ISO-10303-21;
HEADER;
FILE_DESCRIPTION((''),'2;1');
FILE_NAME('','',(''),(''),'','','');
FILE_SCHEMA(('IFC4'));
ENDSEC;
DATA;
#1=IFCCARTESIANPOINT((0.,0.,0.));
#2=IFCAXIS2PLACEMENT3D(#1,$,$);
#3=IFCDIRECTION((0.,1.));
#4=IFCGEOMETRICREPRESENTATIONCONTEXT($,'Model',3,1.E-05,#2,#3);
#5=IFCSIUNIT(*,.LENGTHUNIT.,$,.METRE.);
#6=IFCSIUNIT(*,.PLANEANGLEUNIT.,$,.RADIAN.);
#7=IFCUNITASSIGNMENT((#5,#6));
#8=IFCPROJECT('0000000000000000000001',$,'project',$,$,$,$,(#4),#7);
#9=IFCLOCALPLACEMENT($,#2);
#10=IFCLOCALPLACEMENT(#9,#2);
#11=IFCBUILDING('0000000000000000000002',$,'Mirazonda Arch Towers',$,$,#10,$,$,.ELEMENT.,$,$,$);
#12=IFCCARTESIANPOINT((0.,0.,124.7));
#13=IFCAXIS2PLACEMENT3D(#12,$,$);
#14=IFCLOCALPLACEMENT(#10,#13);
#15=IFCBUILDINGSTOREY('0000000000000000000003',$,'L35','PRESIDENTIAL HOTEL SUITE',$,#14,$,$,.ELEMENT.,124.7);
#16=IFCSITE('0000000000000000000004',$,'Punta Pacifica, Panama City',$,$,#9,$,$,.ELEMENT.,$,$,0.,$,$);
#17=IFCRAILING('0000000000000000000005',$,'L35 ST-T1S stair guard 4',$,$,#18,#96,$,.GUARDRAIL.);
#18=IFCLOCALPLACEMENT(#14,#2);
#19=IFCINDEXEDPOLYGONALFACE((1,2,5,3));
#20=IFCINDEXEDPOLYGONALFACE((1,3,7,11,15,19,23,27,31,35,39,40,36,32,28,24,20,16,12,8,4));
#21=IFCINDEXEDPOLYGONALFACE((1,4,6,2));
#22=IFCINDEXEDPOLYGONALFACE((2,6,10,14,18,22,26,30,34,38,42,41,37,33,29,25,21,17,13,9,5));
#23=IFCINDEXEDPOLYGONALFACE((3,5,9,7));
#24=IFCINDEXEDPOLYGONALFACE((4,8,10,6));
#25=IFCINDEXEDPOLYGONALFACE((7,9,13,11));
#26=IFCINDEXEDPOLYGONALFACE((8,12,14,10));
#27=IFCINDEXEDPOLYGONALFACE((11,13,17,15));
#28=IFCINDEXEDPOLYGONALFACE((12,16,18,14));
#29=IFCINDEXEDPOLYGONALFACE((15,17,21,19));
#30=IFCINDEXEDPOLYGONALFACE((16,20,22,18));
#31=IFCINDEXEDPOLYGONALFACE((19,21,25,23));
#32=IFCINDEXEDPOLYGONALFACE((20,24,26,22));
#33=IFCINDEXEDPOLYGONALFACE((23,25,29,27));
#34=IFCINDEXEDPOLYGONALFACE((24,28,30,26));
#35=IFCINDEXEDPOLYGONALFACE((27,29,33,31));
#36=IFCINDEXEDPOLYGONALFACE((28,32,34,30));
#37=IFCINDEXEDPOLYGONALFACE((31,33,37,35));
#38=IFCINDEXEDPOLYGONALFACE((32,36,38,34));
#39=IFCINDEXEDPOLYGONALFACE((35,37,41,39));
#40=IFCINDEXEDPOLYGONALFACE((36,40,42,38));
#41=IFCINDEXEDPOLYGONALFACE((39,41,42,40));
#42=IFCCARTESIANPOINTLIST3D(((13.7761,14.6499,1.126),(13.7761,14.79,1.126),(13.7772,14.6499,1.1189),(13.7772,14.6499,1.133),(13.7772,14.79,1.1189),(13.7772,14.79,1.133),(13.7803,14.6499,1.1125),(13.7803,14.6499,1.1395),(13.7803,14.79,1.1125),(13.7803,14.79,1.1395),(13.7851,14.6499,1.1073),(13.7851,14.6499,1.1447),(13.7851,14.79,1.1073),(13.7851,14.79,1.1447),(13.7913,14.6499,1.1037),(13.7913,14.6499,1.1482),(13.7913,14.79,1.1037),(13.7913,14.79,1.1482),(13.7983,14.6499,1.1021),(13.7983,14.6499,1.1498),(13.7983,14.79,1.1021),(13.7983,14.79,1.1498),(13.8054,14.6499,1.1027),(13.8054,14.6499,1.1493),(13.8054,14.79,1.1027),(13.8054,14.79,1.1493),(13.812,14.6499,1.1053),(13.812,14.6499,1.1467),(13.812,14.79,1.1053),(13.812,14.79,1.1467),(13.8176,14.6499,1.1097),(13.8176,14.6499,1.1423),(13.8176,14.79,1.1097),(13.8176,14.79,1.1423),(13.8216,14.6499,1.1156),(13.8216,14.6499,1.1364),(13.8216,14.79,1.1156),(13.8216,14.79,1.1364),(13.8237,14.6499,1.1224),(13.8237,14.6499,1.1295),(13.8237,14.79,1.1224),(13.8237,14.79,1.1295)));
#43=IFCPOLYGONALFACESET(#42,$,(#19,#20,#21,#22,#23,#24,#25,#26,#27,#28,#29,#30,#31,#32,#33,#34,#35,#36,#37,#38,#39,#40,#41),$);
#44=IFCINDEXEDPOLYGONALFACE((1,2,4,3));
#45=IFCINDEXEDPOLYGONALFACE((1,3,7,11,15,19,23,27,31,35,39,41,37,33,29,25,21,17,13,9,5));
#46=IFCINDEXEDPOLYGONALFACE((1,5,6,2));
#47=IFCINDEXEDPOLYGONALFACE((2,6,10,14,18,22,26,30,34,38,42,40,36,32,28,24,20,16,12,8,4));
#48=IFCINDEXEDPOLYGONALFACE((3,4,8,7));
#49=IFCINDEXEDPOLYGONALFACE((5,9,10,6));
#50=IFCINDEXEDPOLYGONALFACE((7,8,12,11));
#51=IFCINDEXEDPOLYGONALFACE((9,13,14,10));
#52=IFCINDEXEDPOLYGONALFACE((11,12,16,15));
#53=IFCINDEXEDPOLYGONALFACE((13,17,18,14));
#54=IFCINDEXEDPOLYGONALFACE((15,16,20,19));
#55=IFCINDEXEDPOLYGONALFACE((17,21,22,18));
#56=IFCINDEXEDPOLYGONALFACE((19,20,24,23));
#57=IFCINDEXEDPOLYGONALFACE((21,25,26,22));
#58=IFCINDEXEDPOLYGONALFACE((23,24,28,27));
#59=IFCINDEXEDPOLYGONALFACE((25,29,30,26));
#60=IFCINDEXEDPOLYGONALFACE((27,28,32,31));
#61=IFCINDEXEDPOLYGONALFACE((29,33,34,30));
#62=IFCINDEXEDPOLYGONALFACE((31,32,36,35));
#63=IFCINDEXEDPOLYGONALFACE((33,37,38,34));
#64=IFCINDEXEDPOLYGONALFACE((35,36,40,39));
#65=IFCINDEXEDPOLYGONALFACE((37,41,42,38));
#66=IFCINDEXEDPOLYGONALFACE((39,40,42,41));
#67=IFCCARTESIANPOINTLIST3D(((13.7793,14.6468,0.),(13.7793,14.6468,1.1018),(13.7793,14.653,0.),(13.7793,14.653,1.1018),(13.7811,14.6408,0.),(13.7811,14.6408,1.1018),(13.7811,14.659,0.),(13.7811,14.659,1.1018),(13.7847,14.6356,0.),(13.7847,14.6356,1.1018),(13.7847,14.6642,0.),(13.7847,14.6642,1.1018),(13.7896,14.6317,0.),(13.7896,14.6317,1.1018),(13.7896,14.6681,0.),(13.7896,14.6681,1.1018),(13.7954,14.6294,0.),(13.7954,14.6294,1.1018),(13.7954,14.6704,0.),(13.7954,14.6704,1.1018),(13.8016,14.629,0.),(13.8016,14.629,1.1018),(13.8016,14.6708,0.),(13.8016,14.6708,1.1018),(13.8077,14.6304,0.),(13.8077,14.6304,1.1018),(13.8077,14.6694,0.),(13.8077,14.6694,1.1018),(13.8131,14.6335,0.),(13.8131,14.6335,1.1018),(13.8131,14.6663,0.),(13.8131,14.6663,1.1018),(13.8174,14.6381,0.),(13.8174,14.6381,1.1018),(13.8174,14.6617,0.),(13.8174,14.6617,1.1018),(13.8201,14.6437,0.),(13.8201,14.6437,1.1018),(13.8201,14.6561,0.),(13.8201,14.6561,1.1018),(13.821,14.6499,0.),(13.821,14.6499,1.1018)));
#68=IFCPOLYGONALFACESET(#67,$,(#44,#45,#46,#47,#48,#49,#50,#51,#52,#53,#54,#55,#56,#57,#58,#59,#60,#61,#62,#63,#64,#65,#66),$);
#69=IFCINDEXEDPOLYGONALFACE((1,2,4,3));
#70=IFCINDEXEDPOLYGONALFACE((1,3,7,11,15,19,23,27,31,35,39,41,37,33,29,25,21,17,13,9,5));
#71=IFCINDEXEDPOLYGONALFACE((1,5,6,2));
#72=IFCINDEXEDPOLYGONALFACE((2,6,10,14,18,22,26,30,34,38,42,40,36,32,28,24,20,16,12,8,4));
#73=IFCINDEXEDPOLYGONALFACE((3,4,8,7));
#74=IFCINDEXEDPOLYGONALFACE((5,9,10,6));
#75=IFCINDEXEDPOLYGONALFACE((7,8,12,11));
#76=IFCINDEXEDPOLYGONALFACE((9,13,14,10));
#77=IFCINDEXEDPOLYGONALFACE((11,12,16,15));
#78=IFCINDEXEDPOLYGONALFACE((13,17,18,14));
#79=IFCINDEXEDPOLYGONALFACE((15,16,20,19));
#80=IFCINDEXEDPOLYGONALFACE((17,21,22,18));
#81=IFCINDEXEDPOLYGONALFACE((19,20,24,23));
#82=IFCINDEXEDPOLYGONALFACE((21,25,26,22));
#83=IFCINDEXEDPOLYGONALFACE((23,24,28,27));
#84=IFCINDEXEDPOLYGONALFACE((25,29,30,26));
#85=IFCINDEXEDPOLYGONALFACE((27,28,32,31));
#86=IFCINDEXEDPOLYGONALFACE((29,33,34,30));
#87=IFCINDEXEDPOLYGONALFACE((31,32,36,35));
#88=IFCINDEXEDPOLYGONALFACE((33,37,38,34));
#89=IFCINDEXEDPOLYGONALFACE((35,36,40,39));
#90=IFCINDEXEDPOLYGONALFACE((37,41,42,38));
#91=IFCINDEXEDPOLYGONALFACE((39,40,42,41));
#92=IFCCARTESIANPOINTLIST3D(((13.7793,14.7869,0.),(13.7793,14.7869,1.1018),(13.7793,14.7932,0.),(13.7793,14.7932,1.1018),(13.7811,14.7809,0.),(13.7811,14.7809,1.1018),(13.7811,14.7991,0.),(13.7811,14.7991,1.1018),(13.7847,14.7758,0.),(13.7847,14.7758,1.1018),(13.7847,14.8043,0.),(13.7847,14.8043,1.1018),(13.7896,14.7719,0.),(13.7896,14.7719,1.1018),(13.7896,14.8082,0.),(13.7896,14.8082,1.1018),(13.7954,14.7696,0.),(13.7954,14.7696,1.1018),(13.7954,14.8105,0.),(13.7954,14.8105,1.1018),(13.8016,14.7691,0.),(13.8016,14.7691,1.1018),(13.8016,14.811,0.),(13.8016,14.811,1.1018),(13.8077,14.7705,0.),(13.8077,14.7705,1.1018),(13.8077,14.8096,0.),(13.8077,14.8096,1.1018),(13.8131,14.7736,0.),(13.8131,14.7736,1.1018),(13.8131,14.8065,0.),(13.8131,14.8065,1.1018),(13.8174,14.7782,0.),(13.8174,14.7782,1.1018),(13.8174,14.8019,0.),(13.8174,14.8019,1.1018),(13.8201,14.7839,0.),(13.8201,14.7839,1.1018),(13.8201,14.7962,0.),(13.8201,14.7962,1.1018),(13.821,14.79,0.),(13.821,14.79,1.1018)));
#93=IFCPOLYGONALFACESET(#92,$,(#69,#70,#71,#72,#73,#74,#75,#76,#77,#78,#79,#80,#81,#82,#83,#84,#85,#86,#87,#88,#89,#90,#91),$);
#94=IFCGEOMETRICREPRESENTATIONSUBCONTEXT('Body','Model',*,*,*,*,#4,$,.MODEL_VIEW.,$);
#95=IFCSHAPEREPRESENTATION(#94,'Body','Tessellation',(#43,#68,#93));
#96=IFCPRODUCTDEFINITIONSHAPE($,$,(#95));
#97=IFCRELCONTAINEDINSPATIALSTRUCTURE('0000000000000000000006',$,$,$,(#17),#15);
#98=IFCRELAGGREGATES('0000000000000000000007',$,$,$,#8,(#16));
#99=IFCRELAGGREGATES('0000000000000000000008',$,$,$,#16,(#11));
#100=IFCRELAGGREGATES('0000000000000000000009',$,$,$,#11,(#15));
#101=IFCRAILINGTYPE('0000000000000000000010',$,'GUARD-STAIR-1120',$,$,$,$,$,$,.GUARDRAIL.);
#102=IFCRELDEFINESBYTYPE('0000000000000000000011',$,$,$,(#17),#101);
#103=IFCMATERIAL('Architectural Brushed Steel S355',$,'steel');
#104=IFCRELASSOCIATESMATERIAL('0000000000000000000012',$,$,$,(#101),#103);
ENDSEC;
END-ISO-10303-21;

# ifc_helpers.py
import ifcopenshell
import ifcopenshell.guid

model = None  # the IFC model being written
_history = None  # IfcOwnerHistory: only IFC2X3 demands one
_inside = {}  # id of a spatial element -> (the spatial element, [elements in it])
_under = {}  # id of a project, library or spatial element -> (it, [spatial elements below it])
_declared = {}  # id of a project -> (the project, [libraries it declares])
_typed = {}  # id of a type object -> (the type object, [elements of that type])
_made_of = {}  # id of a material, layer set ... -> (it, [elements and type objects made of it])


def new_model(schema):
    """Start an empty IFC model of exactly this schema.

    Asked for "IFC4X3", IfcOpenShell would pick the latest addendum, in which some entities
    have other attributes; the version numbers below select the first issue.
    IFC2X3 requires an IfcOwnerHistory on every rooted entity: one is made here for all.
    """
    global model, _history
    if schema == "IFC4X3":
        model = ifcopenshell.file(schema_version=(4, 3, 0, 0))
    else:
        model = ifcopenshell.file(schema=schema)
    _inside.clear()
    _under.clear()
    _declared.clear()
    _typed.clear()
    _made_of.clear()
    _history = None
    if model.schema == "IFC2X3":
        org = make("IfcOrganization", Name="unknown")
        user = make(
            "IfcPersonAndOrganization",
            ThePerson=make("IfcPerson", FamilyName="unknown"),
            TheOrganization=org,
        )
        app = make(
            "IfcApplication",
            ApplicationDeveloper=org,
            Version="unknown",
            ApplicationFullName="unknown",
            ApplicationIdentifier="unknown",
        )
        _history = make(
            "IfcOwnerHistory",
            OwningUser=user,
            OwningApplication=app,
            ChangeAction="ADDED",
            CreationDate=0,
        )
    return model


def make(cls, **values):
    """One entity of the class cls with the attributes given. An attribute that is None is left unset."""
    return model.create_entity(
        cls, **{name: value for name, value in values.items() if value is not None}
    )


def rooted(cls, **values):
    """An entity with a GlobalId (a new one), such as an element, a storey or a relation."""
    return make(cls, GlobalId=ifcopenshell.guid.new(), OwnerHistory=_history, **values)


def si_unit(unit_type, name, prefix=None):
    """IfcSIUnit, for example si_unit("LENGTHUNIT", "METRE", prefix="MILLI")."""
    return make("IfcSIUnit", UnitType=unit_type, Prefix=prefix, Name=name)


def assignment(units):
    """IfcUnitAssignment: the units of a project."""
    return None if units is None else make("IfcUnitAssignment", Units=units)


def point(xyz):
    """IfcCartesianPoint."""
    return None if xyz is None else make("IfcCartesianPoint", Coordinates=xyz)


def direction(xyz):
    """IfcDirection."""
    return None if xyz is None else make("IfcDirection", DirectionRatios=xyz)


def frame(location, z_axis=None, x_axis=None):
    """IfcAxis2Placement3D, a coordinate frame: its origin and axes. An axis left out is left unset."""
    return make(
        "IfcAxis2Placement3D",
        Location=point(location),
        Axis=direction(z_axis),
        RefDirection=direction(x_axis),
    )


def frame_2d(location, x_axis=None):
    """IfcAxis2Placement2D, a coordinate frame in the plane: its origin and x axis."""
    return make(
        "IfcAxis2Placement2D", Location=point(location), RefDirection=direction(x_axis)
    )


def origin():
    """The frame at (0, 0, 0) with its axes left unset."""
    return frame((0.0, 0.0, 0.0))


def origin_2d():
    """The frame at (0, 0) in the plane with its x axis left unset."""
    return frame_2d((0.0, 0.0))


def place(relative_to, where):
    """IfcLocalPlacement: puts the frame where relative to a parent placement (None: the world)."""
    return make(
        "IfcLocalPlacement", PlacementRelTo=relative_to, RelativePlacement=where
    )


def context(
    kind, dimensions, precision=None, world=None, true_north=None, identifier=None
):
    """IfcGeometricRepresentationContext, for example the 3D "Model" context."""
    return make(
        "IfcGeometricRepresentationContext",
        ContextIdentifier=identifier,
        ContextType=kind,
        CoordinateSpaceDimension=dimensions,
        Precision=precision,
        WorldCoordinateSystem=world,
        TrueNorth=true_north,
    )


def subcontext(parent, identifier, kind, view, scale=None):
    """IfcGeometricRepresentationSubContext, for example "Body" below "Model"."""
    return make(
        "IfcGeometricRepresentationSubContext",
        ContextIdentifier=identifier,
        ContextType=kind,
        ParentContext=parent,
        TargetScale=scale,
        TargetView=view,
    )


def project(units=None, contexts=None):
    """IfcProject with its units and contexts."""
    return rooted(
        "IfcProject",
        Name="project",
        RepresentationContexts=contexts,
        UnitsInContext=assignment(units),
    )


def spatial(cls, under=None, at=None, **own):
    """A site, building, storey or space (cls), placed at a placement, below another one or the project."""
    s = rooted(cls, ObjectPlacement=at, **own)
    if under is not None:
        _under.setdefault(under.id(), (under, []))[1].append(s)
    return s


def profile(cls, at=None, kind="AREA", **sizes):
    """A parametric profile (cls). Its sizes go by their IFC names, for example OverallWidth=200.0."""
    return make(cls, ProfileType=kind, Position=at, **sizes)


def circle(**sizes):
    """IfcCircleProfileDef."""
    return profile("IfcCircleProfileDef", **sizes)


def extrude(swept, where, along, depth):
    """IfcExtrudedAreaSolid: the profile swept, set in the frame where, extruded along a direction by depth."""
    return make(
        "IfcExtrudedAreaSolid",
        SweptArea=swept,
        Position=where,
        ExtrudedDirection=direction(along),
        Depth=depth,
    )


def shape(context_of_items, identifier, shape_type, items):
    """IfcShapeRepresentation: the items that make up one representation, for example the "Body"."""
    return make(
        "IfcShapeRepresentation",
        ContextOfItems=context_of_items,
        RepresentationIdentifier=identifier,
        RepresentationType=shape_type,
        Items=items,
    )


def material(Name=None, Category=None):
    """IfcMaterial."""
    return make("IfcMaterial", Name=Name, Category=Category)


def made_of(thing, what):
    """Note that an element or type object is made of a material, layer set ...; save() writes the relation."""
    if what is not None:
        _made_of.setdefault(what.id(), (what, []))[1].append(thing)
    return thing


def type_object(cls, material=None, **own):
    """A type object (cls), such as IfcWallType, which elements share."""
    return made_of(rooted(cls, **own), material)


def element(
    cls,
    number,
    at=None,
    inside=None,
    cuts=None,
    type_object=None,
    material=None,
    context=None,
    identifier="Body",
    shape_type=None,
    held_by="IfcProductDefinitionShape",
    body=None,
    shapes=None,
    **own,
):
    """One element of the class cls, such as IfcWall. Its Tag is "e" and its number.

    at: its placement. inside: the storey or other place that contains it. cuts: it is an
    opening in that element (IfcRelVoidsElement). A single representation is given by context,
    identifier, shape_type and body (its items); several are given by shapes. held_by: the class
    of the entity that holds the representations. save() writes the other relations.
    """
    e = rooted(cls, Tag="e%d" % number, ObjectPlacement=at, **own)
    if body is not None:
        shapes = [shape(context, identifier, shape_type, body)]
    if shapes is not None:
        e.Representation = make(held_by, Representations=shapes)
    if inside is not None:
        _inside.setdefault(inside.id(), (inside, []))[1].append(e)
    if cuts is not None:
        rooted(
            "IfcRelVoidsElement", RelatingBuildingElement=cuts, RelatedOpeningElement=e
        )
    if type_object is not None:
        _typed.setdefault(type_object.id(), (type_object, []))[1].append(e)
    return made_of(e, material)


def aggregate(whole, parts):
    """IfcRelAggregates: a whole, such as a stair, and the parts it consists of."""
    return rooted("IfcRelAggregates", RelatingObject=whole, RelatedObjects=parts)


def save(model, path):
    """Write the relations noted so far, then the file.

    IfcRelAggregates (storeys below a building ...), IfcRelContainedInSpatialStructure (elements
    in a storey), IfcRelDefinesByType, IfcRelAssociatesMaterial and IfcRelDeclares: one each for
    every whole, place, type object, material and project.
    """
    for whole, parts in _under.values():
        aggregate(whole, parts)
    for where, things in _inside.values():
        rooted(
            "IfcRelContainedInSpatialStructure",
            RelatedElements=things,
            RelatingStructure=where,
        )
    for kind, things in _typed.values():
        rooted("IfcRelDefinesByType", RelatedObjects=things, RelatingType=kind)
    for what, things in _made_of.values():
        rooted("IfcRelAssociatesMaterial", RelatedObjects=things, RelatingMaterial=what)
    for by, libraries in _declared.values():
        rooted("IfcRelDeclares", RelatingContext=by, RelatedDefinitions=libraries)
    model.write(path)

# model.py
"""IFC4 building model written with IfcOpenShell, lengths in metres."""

from ifc_helpers import new_model, si_unit, direction, frame, origin, origin_2d, place, context, subcontext, project, spatial, circle, extrude, material, type_object, element, save


model = new_model("IFC4")

# Units and contexts
model_context = context("Model", 3, precision=1e-05, world=origin(), true_north=direction((0.0, 1.0)))
body_context = subcontext(model_context, "Body", "Model", "MODEL_VIEW")
ifc_project = project(units=[si_unit("LENGTHUNIT", "METRE"), si_unit("PLANEANGLEUNIT", "RADIAN")], contexts=[model_context])

# Site, building, storey
site_placement = place(None, origin())
site = spatial("IfcSite", under=ifc_project, at=site_placement, Name="Punta Pacifica, Panama City", CompositionType="ELEMENT", RefElevation=0.0)
building_placement = place(site_placement, origin())
building = spatial("IfcBuilding", under=site, at=building_placement, Name="Mirazonda Arch Towers", CompositionType="ELEMENT")
storey_placement = place(building_placement, frame((0.0, 0.0, 124.7)))
storey = spatial("IfcBuildingStorey", under=building, at=storey_placement, Name="L35", Description="PRESIDENTIAL HOTEL SUITE", CompositionType="ELEMENT", Elevation=124.7)

# Shared definitions
ifc_material_1 = material(Name="Architectural Brushed Steel S355", Category="steel")

# Railing
railing_type_1 = type_object("IfcRailingType", Name="GUARD-STAIR-1120", PredefinedType="GUARDRAIL", material=ifc_material_1)
railing_1_placement = place(storey_placement, frame((13.8, 14.6499, 0.0)))
element("IfcRailing", 1, at=railing_1_placement, inside=storey, type_object=railing_type_1, Name="L35 ST-T1S stair guard 4", PredefinedType="GUARDRAIL", context=body_context, shape_type="SweptSolid", body=[
    extrude(circle(Radius=0.0239, at=origin_2d()), frame((0.0, 0.0, 1.126), z_axis=(0.0, 1.0, 0.0), x_axis=(-1.0, 0.0, 0.0)), (0.0, 0.0, 1.0), 0.1401),
    extrude(circle(Radius=0.021, at=origin_2d()), origin(), (0.0, 0.0, 1.0), 1.1018),
    extrude(circle(Radius=0.021, at=origin_2d()), frame((0.0, 0.1401, 0.0)), (0.0, 0.0, 1.0), 1.1018),
])

save(model, "model.ifc")
